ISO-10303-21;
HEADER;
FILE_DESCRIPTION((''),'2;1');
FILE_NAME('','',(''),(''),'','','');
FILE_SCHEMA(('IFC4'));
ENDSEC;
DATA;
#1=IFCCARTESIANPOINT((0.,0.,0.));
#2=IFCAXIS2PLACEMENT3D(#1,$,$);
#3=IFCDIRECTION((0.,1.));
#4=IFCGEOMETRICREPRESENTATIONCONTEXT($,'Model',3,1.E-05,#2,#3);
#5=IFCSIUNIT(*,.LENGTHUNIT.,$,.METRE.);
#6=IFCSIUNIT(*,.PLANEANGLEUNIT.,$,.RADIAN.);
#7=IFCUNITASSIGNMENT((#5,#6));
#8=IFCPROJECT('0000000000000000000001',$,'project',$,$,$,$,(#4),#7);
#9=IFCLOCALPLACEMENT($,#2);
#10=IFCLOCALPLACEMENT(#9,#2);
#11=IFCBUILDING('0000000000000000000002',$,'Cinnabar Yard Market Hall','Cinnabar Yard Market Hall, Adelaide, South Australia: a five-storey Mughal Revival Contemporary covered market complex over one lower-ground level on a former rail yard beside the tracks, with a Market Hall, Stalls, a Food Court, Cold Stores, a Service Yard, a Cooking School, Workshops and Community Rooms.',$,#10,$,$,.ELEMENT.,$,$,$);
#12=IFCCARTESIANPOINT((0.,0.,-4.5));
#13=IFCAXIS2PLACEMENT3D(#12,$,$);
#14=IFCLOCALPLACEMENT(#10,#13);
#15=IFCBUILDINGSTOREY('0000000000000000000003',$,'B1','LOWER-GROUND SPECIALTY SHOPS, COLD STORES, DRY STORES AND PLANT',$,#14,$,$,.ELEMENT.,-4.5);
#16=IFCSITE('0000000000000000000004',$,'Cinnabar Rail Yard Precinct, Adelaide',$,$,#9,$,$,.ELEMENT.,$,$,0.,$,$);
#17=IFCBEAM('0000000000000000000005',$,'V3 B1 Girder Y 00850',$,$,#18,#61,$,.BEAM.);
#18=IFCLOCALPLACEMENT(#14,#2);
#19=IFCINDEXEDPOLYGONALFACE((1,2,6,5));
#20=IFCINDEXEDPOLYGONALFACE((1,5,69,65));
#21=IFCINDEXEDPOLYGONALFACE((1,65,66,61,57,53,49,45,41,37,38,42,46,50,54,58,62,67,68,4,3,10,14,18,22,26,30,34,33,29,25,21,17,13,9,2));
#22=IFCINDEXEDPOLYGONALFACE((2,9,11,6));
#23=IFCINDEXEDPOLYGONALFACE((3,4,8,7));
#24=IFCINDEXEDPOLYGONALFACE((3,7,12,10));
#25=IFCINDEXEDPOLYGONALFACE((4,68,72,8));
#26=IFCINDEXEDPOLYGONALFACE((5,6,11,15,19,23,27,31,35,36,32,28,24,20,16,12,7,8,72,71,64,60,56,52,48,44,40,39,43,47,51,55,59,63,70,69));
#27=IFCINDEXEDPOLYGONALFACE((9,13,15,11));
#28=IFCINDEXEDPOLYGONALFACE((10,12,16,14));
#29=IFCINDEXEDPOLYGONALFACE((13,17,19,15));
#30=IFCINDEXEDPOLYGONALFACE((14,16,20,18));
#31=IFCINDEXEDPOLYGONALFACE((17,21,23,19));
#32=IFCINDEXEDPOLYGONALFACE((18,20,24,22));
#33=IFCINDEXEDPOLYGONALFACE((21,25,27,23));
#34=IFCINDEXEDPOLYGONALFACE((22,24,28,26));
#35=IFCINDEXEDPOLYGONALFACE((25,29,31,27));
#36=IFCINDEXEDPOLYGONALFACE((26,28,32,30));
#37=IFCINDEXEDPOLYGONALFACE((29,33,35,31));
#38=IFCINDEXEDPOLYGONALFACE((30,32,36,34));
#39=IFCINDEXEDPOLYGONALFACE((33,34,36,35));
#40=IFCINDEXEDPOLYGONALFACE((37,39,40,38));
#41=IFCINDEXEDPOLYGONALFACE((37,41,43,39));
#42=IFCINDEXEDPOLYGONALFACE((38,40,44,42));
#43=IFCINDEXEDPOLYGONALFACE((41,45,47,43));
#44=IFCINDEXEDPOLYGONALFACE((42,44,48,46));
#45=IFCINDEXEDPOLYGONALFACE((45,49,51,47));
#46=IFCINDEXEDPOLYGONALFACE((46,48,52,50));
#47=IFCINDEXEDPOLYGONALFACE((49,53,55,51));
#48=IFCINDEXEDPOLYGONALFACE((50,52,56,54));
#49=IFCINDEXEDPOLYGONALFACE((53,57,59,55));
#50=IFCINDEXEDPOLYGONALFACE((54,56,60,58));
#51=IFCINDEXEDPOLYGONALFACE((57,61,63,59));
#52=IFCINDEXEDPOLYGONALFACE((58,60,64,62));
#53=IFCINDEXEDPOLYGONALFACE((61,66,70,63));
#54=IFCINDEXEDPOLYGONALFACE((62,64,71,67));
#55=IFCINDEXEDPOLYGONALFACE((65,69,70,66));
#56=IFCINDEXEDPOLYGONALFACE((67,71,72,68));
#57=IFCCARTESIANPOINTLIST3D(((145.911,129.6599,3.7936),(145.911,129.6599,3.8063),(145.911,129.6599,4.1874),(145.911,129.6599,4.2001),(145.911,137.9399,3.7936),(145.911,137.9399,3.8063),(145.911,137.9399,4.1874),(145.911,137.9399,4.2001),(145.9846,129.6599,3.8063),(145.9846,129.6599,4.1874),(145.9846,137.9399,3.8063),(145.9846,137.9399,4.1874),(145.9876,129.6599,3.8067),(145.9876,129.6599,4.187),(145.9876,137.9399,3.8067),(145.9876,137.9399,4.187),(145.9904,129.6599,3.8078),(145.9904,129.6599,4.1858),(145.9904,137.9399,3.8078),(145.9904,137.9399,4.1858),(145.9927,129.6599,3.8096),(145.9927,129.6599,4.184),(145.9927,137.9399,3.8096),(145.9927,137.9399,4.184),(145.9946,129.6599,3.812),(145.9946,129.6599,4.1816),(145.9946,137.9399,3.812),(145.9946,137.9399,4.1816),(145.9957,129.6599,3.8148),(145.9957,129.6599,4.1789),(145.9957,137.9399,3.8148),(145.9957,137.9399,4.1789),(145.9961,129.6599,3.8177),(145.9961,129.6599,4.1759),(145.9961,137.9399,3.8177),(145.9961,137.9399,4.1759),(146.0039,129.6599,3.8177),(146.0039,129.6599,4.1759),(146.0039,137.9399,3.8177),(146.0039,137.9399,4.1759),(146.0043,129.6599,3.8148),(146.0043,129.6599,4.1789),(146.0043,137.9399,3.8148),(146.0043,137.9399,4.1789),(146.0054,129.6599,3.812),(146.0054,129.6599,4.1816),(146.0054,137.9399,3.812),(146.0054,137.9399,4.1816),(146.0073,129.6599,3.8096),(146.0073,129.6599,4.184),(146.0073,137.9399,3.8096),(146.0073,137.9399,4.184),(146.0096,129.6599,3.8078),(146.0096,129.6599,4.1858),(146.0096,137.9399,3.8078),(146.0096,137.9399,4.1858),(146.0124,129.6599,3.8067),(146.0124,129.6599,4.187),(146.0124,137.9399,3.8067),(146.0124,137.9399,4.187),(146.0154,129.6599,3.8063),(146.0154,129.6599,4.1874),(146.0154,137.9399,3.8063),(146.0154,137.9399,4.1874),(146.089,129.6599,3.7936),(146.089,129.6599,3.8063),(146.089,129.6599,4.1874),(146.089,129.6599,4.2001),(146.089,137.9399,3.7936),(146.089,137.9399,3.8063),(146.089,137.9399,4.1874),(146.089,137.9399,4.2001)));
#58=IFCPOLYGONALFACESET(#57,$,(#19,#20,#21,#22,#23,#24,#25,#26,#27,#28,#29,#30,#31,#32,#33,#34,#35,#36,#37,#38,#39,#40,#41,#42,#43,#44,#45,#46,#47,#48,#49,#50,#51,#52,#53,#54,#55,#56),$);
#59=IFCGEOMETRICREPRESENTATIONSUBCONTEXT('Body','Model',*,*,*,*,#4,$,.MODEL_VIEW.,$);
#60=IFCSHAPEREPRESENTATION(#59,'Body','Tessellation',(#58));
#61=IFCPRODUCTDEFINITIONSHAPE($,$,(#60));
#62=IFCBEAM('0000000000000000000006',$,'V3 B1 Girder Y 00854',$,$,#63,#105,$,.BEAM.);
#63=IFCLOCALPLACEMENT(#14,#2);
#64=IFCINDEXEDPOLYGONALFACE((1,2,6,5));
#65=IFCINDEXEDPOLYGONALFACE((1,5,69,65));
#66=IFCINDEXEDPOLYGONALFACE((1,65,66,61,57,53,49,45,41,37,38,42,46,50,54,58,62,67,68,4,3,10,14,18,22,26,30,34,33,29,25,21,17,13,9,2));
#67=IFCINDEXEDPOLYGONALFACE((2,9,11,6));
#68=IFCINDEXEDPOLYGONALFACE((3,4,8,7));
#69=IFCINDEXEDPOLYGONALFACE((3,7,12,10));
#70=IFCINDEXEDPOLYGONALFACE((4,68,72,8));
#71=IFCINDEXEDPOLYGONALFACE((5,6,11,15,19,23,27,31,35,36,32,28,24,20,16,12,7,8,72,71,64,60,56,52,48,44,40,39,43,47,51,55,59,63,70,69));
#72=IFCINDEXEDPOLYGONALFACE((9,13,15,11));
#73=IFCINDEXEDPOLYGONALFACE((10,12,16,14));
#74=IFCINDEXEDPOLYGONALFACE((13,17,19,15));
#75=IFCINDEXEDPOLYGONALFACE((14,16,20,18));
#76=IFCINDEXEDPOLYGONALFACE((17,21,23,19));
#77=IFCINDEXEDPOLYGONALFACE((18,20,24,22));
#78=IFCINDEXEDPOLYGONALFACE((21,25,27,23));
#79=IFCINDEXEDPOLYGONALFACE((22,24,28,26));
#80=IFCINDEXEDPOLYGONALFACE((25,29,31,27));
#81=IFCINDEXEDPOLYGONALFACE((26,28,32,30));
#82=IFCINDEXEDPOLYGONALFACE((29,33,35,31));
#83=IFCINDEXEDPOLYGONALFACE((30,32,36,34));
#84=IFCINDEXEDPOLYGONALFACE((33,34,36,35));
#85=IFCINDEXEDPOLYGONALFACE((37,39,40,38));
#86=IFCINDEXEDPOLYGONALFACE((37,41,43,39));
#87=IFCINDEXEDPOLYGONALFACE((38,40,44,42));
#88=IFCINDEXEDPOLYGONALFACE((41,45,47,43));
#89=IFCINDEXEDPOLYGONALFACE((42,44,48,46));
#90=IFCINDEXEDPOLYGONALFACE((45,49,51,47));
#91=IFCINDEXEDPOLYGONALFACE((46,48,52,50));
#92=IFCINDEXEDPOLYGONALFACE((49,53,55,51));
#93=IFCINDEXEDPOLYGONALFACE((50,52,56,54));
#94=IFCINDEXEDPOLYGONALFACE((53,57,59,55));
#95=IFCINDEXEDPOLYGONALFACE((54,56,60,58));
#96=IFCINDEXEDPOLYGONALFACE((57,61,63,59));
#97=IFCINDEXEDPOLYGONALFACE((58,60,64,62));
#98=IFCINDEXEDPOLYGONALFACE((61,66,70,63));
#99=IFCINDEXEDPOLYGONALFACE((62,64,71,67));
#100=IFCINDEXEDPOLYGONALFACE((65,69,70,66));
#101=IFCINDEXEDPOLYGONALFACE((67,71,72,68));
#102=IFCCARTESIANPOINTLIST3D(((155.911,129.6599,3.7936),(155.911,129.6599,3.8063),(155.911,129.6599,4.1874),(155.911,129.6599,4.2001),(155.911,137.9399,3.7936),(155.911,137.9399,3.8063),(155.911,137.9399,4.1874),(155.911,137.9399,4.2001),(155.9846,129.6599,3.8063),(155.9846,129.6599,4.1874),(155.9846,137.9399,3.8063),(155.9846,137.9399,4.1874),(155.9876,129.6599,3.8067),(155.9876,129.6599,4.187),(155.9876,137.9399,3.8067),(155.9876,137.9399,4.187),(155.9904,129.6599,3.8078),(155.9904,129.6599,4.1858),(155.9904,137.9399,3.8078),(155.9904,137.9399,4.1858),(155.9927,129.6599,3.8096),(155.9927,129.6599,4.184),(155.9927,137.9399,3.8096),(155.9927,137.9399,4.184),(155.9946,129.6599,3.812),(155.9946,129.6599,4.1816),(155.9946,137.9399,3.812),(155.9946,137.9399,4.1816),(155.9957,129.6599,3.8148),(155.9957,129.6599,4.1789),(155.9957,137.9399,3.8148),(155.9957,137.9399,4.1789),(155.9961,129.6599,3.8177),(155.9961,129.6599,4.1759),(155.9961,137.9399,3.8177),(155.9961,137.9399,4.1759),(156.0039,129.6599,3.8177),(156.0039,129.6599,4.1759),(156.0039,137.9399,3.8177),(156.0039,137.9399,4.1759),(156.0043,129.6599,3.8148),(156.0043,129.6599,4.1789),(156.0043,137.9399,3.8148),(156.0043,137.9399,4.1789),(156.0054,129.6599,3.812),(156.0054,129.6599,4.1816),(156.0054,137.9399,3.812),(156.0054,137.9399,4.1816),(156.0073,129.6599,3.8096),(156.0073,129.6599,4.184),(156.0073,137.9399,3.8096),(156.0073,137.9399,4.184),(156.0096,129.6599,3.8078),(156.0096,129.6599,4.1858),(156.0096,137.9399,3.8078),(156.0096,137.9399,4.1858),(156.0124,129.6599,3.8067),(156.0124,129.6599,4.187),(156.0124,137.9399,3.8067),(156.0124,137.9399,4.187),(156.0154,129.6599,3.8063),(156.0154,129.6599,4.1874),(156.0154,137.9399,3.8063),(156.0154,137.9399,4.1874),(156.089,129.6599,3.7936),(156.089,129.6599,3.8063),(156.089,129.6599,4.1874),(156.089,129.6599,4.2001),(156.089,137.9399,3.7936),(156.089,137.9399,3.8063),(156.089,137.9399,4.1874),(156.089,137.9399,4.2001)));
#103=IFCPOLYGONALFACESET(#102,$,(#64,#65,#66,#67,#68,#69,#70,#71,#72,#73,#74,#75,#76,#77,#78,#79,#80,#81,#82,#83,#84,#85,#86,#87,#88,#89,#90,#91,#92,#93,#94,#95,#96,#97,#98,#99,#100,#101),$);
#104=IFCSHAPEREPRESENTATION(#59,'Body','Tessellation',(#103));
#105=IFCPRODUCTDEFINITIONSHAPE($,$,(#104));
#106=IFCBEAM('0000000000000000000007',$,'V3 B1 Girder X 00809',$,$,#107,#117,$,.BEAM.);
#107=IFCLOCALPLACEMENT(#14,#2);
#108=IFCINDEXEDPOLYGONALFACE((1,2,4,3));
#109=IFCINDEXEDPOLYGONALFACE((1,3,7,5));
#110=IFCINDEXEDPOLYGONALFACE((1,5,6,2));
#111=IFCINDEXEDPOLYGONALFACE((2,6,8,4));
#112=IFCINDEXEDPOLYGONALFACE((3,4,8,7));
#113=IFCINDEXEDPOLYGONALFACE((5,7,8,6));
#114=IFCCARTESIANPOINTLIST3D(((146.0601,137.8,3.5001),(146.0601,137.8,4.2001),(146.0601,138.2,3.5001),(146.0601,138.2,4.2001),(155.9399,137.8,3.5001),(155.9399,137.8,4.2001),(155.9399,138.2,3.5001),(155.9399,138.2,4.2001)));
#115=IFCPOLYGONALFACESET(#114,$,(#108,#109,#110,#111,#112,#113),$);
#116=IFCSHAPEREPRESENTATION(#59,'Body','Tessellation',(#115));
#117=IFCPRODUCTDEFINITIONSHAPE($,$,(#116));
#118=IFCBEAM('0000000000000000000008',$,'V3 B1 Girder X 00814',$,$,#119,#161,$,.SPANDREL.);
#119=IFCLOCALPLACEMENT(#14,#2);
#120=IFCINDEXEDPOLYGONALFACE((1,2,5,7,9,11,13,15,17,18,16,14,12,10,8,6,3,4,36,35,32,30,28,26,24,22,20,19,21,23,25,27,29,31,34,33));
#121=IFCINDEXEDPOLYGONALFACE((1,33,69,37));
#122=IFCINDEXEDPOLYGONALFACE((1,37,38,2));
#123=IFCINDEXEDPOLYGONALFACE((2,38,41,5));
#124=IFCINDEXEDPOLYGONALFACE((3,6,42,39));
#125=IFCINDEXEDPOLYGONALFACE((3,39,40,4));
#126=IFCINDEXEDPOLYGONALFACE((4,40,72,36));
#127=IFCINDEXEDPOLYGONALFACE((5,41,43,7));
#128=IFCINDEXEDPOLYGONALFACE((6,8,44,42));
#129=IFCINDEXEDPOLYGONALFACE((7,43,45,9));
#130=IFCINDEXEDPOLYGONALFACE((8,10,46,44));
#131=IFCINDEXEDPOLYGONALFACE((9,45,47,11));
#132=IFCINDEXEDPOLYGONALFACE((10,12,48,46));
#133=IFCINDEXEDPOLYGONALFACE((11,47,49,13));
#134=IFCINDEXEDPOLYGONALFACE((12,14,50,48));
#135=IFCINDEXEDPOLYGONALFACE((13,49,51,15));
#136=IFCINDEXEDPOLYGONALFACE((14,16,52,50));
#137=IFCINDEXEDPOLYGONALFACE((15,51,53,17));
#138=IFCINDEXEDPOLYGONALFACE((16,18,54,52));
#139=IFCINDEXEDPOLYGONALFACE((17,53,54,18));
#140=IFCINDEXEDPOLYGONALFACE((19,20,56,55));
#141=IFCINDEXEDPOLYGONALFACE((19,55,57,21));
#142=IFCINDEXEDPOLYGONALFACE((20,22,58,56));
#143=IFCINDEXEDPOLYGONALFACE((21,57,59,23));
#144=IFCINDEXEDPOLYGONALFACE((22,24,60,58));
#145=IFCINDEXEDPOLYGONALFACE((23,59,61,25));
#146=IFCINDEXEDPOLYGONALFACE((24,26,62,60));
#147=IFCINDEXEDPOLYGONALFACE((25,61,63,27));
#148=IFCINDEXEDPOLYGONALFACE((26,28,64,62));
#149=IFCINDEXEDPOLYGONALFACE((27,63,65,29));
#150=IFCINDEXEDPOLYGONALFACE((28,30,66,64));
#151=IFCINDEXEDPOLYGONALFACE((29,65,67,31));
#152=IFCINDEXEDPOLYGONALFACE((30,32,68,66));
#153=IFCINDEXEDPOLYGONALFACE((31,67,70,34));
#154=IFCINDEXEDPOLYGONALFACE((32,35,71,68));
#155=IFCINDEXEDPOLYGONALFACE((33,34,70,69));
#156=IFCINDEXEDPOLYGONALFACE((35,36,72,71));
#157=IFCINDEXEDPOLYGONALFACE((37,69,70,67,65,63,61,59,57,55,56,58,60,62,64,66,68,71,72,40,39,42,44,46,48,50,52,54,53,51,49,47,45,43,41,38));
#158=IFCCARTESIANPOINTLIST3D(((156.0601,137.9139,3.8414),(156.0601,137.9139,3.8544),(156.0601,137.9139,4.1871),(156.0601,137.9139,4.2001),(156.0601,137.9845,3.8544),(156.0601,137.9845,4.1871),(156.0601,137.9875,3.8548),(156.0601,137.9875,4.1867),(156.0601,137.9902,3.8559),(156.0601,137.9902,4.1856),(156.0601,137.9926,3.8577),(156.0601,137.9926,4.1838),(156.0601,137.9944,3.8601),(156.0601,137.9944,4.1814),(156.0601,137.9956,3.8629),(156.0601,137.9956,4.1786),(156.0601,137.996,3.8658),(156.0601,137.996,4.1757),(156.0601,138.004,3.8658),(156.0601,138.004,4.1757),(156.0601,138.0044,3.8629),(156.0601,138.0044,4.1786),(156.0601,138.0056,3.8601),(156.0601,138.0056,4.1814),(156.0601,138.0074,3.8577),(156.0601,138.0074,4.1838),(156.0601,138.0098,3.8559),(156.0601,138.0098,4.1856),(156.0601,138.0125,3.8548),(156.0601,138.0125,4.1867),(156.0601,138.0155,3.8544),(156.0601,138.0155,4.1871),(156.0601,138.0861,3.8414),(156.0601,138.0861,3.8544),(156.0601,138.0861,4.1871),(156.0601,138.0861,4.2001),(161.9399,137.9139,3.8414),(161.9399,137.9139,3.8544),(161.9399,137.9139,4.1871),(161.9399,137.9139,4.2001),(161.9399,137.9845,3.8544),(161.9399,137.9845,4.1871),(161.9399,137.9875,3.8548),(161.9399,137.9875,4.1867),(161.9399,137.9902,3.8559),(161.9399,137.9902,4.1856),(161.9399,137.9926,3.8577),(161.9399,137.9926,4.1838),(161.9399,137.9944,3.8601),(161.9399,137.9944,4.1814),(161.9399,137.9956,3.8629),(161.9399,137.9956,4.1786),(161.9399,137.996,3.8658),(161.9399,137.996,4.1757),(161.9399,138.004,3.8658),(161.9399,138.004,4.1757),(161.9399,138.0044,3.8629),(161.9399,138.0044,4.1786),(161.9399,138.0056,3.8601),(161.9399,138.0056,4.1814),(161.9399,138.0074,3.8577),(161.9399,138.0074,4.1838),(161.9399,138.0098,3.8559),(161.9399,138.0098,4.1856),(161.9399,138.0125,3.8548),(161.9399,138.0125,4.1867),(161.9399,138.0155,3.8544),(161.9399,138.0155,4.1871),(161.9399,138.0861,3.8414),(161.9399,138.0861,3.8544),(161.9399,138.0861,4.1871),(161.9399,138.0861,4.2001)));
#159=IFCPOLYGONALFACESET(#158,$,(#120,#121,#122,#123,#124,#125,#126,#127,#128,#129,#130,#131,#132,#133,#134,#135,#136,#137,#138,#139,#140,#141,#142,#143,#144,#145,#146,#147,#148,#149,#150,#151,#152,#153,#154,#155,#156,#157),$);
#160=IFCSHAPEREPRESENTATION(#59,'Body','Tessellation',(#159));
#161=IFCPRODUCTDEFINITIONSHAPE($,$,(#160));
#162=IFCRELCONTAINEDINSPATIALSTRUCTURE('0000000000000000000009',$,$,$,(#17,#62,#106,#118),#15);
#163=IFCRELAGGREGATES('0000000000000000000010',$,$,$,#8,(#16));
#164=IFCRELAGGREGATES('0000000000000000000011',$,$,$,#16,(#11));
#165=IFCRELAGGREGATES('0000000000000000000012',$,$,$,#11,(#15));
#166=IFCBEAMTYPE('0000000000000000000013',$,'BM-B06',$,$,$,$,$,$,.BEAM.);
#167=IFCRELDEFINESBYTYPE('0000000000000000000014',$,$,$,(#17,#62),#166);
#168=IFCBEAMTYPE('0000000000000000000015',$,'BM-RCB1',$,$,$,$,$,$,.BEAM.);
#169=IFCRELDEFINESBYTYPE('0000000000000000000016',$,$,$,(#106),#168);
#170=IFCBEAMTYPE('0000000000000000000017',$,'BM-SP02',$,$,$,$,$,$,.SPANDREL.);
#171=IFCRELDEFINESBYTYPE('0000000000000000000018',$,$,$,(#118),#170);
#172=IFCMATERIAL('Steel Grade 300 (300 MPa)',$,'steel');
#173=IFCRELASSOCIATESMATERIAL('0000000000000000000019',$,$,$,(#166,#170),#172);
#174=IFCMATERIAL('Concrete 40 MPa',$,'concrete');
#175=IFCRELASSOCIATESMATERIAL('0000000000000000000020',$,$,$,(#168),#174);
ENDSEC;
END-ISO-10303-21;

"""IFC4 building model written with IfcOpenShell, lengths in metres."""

from ifc_helpers import new_model, si_unit, direction, frame, origin, origin_2d_with_axis, place, context, subcontext, project, spatial, rectangle, i_section, extrude, material, material_profile, profile_set, type_object, element, save


model = new_model("IFC4")

# Units and contexts
model_context = context("Model", 3, precision=1e-05, world=origin(), true_north=direction((0.0, 1.0)))
body_context = subcontext(model_context, "Body", "Model", "MODEL_VIEW")
ifc_project = project(units=[si_unit("LENGTHUNIT", "METRE"), si_unit("PLANEANGLEUNIT", "RADIAN")], contexts=[model_context])

# Site, building, storey
site_placement = place(None, origin())
site = spatial("IfcSite", under=ifc_project, at=site_placement, Name="Cinnabar Rail Yard Precinct, Adelaide", CompositionType="ELEMENT", RefElevation=0.0)
building_placement = place(site_placement, origin())
building = spatial("IfcBuilding", under=site, at=building_placement, Name="Cinnabar Yard Market Hall", Description="Cinnabar Yard Market Hall, Adelaide, South Australia: a five-storey Mughal Revival Contemporary covered market complex over one lower-ground level on a former rail yard beside the tracks, with a Market Hall, Stalls, a Food Court, Cold Stores, a Service Yard, a Cooking School, Workshops and Community Rooms.", CompositionType="ELEMENT")
storey_placement = place(building_placement, frame((0.0, 0.0, -4.5)))
storey = spatial("IfcBuildingStorey", under=building, at=storey_placement, Name="B1", Description="LOWER-GROUND SPECIALTY SHOPS, COLD STORES, DRY STORES AND PLANT", CompositionType="ELEMENT", Elevation=-4.5)

# Shared definitions
ifc_material_1 = material(Name="Concrete 40 MPa", Category="concrete")

# Shared definitions
ifc_material_2 = material(Name="Steel Grade 300 (300 MPa)", Category="steel")

# Beams
ifc_material_profile_1 = material_profile(ifc_material_2, i_section(OverallWidth=0.178, OverallDepth=0.4065, WebThickness=0.0078, FlangeThickness=0.0127, FilletRadius=0.0115, at=origin_2d_with_axis()), Name="410UB59.7")
ifc_profile_set_1 = profile_set([ifc_material_profile_1], Name="Steel Grade 300 (300 MPa)")
beam_type_1 = type_object("IfcBeamType", Name="BM-B06", PredefinedType="BEAM", material=ifc_profile_set_1)
for number, where, z_axis, x_axis, name in (
    (1, (146.0, 129.6599, 3.9968), (0.0, 1.0, 0.0), (-1.0, 0.0, 0.0), "V3 B1 Girder Y 00850"),
    (2, (156.0, 129.6599, 3.9968), (0.0, 1.0, 0.0), (-1.0, 0.0, 0.0), "V3 B1 Girder Y 00854"),
):
    element("IfcBeam", number, at=place(storey_placement, frame(where, z_axis=z_axis, x_axis=x_axis)), inside=storey, type_object=beam_type_1, Name=name, PredefinedType="BEAM", context=body_context, shape_type="SweptSolid", body=[
        extrude(i_section(OverallWidth=0.178, OverallDepth=0.4065, WebThickness=0.0078, FlangeThickness=0.0127, FilletRadius=0.0115, at=origin_2d_with_axis()), origin(), (0.0, 0.0, 1.0), 8.28),
    ])
ifc_material_profile_2 = material_profile(ifc_material_1, rectangle(XDim=0.3999, YDim=0.7, at=origin_2d_with_axis()), Name="RCB-400x700")
ifc_profile_set_2 = profile_set([ifc_material_profile_2], Name="Concrete 40 MPa")
beam_type_2 = type_object("IfcBeamType", Name="BM-RCB1", PredefinedType="BEAM", material=ifc_profile_set_2)
beam_1_placement = place(storey_placement, frame((146.0601, 138.0, 3.8501), z_axis=(1.0, 0.0, 0.0), x_axis=(0.0, 1.0, 0.0)))
element("IfcBeam", 3, at=beam_1_placement, inside=storey, type_object=beam_type_2, Name="V3 B1 Girder X 00809", PredefinedType="BEAM", context=body_context, shape_type="SweptSolid", body=[
    extrude(rectangle(XDim=0.3999, YDim=0.7, at=origin_2d_with_axis()), origin(), (0.0, 0.0, 1.0), 9.8799),
])
ifc_material_profile_3 = material_profile(ifc_material_2, i_section(OverallWidth=0.1721, OverallDepth=0.3586, WebThickness=0.0081, FlangeThickness=0.0129, FilletRadius=0.0115, at=origin_2d_with_axis()), Name="360UB56.7")
ifc_profile_set_3 = profile_set([ifc_material_profile_3], Name="Steel Grade 300 (300 MPa)")
beam_type_3 = type_object("IfcBeamType", Name="BM-SP02", PredefinedType="SPANDREL", material=ifc_profile_set_3)
beam_2_placement = place(storey_placement, frame((156.0601, 138.0, 4.0208), z_axis=(1.0, 0.0, 0.0), x_axis=(0.0, 1.0, 0.0)))
element("IfcBeam", 4, at=beam_2_placement, inside=storey, type_object=beam_type_3, Name="V3 B1 Girder X 00814", PredefinedType="SPANDREL", context=body_context, shape_type="SweptSolid", body=[
    extrude(i_section(OverallWidth=0.1721, OverallDepth=0.3586, WebThickness=0.0081, FlangeThickness=0.0129, FilletRadius=0.0115, at=origin_2d_with_axis()), origin(), (0.0, 0.0, 1.0), 5.8799),
])

save(model, "model.ifc")
